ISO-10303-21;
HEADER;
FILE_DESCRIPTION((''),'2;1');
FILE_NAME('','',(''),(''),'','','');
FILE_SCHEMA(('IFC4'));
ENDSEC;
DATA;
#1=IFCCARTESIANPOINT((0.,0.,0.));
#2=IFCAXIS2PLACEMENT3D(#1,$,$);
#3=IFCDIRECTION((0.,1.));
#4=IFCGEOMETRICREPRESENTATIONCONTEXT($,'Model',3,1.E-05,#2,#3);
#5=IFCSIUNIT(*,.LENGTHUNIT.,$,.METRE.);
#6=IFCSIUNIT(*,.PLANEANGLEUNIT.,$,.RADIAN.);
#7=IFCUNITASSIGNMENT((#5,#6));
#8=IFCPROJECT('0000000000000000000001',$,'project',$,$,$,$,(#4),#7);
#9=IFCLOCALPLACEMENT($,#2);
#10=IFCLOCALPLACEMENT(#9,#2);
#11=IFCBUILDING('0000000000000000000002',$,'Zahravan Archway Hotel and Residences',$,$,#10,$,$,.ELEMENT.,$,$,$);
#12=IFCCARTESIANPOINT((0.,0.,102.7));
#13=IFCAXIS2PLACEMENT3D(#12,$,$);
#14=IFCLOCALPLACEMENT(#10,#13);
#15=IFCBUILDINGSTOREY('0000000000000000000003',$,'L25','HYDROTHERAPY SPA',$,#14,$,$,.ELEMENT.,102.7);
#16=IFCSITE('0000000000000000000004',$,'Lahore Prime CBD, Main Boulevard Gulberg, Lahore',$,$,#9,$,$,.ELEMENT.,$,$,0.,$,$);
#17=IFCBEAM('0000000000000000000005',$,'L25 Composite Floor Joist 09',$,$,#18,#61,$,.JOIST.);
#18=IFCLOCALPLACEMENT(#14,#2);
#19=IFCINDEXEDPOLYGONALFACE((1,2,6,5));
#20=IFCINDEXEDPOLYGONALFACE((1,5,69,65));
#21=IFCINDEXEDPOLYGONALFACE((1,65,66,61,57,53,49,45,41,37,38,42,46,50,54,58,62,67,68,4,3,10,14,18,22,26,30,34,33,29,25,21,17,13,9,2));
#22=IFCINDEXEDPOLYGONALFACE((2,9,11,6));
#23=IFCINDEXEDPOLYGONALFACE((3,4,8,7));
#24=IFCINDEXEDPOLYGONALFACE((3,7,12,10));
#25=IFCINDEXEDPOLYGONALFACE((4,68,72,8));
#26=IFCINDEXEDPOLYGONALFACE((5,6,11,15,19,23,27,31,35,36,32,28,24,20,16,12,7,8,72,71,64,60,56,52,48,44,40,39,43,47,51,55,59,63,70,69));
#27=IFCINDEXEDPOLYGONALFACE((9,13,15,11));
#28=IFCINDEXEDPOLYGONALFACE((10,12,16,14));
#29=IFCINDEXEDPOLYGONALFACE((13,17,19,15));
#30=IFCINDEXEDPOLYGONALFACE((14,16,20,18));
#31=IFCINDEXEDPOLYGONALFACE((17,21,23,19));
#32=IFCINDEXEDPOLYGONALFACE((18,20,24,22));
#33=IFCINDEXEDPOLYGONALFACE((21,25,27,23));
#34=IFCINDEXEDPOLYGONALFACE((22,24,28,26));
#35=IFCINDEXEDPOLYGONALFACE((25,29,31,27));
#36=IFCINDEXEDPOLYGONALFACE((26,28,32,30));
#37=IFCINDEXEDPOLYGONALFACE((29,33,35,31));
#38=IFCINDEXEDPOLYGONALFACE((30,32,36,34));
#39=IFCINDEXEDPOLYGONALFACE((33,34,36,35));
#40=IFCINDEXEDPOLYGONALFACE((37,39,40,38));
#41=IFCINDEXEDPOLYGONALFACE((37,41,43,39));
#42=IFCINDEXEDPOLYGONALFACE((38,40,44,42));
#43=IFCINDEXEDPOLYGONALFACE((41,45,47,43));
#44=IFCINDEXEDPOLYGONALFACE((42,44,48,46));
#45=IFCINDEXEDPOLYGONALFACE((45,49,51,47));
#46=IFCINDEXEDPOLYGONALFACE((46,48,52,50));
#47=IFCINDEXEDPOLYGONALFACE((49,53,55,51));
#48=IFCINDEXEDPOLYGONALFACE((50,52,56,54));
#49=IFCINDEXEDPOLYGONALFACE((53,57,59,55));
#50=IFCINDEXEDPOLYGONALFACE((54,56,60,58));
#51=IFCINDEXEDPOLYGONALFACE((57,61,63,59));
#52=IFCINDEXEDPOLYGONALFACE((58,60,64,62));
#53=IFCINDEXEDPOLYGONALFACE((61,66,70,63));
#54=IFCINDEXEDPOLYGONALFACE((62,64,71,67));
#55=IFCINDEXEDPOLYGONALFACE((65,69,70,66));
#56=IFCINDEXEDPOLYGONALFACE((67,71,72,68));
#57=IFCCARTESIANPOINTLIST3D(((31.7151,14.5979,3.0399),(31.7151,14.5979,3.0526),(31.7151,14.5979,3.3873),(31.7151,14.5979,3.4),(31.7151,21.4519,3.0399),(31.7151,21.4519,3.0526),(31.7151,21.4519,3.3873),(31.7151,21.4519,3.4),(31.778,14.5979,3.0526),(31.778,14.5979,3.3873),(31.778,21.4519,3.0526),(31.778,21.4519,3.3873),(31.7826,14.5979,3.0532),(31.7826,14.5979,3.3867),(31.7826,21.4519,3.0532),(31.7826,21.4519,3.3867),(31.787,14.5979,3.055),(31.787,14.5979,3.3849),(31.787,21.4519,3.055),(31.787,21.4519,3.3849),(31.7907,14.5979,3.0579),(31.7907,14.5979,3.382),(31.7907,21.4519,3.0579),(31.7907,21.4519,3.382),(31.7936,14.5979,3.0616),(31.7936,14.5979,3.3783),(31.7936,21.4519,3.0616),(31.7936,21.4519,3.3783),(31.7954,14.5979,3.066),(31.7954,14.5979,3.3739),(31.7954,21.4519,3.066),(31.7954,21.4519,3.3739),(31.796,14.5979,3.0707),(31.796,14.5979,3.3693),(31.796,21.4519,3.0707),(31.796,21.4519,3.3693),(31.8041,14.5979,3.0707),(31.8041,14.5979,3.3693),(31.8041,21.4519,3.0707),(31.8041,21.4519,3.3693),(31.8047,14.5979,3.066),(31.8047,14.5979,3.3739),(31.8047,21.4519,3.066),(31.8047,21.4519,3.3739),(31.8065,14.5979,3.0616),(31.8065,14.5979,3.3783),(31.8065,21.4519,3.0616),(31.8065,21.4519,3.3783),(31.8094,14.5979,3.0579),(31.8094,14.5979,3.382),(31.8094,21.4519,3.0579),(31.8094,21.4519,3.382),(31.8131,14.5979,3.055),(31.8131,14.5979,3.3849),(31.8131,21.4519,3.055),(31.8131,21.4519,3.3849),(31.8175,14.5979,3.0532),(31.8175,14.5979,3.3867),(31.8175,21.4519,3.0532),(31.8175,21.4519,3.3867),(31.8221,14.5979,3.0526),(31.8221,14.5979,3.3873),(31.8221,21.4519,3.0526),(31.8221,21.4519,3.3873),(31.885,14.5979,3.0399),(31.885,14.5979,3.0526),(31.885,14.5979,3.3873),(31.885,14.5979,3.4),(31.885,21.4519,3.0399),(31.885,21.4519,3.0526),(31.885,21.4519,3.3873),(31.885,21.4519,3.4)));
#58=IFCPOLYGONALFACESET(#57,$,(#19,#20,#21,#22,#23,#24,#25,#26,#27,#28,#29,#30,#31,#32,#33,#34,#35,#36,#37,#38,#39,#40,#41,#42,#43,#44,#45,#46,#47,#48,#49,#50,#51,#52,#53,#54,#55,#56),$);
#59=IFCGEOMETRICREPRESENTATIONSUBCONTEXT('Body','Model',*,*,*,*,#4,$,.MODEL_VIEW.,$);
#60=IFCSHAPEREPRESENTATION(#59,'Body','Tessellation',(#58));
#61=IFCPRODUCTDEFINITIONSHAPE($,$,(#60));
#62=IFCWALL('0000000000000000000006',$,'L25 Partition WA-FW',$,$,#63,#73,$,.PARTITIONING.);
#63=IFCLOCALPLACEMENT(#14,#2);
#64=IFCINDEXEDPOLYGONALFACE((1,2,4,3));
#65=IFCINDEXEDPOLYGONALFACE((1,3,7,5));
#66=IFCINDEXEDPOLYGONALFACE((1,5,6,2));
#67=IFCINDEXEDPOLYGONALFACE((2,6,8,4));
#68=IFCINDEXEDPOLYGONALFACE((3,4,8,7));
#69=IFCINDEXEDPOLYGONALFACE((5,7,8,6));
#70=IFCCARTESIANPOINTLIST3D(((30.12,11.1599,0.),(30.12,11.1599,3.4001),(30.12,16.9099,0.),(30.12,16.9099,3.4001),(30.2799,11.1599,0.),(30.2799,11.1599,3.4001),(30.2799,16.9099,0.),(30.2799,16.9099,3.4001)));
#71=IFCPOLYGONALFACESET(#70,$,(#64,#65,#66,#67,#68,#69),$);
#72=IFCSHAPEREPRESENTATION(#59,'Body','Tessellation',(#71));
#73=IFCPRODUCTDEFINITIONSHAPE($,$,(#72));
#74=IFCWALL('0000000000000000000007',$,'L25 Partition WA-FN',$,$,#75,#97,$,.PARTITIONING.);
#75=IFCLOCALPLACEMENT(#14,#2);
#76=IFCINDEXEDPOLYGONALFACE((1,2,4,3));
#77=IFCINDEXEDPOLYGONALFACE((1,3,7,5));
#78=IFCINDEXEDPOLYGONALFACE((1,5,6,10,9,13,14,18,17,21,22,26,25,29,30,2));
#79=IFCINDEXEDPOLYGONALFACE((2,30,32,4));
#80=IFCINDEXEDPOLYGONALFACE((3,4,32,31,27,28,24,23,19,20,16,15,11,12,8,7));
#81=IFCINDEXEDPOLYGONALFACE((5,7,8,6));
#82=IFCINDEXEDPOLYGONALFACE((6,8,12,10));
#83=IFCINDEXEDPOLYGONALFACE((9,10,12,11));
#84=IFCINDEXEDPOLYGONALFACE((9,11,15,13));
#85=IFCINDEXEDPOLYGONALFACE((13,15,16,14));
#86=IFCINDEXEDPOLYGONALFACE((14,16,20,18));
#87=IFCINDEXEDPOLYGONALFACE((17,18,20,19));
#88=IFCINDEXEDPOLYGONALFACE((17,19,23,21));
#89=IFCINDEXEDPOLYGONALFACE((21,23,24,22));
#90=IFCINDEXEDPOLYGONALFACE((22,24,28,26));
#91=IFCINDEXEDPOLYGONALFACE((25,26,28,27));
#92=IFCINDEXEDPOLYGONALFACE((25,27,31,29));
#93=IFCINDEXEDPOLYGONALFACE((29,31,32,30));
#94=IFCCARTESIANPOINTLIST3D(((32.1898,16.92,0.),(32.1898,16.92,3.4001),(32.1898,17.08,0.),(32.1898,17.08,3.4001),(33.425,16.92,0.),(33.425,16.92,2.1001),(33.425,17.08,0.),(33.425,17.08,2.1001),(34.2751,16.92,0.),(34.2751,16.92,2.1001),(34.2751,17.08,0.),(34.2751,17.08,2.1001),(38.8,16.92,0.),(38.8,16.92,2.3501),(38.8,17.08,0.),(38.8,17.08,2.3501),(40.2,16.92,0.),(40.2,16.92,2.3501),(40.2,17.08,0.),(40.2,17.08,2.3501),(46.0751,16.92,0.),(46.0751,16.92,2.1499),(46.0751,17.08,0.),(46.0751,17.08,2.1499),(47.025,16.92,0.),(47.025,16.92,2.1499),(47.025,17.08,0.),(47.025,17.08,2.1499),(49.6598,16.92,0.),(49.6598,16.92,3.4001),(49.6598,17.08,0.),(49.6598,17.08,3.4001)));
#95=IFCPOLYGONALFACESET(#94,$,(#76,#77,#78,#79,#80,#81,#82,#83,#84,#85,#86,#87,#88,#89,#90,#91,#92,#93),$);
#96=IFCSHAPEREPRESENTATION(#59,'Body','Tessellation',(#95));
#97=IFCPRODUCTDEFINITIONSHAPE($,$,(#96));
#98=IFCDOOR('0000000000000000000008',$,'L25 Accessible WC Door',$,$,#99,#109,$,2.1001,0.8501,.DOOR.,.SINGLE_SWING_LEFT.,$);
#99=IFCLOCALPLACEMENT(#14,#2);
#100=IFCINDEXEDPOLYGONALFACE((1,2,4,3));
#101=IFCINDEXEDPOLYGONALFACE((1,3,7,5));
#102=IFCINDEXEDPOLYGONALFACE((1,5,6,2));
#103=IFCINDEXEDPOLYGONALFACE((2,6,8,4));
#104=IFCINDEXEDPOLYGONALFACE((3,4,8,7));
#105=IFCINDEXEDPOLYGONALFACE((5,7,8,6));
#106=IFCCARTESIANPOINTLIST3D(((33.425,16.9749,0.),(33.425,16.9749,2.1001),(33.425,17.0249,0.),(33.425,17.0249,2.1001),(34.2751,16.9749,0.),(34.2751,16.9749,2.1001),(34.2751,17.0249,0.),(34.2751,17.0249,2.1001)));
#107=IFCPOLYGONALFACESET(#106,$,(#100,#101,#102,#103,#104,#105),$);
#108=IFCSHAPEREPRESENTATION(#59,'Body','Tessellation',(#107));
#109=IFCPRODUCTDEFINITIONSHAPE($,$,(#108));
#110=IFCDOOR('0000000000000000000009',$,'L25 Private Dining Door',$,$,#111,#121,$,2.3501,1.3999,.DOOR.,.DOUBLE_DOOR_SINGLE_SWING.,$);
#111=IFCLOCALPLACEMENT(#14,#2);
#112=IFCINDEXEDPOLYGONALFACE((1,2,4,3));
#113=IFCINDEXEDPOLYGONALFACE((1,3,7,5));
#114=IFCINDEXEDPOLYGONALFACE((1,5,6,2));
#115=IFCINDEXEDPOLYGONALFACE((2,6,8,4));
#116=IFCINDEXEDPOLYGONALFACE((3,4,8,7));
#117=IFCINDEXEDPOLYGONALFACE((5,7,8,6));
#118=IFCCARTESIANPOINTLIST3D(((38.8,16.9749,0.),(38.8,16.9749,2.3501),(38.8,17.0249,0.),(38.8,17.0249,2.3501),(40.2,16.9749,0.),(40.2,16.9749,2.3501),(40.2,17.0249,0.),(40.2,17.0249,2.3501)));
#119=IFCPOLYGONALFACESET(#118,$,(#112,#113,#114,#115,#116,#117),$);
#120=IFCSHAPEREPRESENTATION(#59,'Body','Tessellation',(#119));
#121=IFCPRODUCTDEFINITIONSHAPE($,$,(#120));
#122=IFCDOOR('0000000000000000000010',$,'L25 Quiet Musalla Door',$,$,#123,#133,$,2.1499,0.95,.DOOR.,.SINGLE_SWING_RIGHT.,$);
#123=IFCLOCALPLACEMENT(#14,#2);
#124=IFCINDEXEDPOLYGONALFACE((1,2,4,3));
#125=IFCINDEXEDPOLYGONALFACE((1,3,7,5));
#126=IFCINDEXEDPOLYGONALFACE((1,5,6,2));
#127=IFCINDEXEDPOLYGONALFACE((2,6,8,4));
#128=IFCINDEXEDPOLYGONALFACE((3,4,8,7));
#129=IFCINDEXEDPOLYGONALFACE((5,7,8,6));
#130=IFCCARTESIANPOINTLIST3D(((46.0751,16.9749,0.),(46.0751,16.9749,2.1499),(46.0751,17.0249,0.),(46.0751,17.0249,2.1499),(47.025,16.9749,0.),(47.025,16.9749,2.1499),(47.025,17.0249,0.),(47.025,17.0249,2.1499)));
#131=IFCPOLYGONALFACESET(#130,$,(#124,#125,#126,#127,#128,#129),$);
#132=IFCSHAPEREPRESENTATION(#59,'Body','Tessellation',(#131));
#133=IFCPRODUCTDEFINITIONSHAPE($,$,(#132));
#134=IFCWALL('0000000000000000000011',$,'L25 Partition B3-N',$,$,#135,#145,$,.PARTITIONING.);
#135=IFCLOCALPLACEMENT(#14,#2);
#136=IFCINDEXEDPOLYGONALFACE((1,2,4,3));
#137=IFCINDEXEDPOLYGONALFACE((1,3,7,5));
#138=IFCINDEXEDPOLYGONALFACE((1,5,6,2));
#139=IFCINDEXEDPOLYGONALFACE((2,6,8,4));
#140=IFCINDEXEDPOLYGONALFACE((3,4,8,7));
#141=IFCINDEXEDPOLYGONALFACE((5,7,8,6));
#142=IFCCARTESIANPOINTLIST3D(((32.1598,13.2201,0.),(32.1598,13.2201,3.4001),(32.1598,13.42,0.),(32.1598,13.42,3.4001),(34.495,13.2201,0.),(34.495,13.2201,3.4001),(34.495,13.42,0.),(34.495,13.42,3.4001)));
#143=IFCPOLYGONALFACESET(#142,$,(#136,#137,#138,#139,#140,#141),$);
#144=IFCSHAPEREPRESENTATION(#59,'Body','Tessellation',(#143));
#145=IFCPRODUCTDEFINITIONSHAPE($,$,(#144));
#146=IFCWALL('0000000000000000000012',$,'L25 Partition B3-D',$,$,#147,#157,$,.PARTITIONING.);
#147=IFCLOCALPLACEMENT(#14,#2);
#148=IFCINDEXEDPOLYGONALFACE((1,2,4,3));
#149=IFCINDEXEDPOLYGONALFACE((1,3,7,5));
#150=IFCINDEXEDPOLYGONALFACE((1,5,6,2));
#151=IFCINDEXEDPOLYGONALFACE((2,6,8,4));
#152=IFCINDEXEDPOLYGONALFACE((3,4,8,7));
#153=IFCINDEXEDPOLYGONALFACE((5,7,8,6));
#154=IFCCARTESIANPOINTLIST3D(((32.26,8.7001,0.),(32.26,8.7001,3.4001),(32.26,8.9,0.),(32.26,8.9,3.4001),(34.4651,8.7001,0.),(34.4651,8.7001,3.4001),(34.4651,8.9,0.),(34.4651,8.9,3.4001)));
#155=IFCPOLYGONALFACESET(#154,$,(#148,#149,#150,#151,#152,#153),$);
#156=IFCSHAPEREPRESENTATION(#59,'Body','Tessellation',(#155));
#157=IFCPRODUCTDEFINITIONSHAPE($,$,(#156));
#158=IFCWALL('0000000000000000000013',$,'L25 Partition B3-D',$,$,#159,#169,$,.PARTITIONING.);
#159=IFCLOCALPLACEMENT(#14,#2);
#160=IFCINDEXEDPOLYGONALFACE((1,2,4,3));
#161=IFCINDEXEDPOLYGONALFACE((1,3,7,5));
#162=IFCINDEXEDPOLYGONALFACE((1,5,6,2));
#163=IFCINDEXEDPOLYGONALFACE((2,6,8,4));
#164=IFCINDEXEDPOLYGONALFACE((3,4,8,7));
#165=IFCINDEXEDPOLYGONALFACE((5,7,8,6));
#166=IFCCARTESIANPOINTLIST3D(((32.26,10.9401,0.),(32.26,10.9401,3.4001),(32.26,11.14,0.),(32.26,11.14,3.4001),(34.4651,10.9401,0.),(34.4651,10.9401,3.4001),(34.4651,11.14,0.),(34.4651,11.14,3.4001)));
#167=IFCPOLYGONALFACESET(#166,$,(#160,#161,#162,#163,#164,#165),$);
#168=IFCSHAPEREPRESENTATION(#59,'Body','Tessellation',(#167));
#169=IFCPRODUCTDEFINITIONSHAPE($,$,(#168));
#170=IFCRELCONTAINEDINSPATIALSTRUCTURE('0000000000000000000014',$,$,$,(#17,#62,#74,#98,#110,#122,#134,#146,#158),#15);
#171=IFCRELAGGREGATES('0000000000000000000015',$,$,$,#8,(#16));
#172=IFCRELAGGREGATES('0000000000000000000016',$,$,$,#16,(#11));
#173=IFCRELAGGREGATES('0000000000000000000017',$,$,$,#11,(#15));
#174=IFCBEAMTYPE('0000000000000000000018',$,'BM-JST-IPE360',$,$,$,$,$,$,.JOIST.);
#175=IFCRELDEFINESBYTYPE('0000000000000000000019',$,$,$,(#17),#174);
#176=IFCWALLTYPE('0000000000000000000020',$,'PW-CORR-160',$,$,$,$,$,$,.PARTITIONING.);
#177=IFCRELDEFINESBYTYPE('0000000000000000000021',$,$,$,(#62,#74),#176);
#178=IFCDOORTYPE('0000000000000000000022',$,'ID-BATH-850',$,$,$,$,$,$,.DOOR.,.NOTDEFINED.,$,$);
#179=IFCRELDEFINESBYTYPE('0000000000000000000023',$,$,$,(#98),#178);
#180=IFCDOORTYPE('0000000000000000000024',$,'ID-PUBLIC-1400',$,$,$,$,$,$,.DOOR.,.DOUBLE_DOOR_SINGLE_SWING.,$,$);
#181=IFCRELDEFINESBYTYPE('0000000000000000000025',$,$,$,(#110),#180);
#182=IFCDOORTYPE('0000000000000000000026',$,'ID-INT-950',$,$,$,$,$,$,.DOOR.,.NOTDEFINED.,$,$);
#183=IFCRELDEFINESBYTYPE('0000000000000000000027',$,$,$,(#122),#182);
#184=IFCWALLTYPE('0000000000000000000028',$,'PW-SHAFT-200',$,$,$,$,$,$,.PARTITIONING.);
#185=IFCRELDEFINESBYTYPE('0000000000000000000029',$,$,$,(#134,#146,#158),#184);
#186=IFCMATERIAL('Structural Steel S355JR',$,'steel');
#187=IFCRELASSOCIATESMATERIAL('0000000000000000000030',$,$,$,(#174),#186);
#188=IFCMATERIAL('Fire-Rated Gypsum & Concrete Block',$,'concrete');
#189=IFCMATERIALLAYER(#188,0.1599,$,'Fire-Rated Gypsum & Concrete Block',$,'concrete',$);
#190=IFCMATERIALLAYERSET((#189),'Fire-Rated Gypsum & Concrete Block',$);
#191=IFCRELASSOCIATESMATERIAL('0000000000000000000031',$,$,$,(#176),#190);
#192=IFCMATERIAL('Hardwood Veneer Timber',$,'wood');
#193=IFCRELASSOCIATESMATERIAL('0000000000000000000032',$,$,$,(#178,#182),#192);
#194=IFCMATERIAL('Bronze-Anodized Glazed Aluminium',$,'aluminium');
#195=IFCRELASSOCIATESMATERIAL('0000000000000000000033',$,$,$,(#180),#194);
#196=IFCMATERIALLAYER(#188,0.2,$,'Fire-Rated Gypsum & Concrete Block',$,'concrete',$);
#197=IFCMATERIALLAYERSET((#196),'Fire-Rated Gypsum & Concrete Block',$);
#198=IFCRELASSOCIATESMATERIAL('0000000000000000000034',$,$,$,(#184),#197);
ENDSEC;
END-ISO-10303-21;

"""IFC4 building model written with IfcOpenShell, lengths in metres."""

from ifc_helpers import new_model, si_unit, direction, frame, frame_2d, origin, origin_2d, place, context, subcontext, project, spatial, rectangle, i_section, extrude, source, transform, mapped, material, layer, layer_set, material_profile, profile_set, type_object, type_shapes, element, fill, save


model = new_model("IFC4")

# Units and contexts
model_context = context("Model", 3, precision=1e-05, world=origin(), true_north=direction((0.0, 1.0)))
body_context = subcontext(model_context, "Body", "Model", "MODEL_VIEW")
ifc_project = project(units=[si_unit("LENGTHUNIT", "METRE"), si_unit("PLANEANGLEUNIT", "RADIAN")], contexts=[model_context])

# Site, building, storey
site_placement = place(None, origin())
site = spatial("IfcSite", under=ifc_project, at=site_placement, Name="Lahore Prime CBD, Main Boulevard Gulberg, Lahore", CompositionType="ELEMENT", RefElevation=0.0)
building_placement = place(site_placement, origin())
building = spatial("IfcBuilding", under=site, at=building_placement, Name="Zahravan Archway Hotel and Residences", CompositionType="ELEMENT")
storey_placement = place(building_placement, frame((0.0, 0.0, 102.7)))
storey = spatial("IfcBuildingStorey", under=building, at=storey_placement, Name="L25", Description="HYDROTHERAPY SPA", CompositionType="ELEMENT", Elevation=102.7)

# Beam
ifc_material_1 = material(Name="Structural Steel S355JR", Category="steel")
ifc_material_profile_1 = material_profile(ifc_material_1, i_section(OverallWidth=0.1699, OverallDepth=0.3601, WebThickness=0.0081, FlangeThickness=0.0127, FilletRadius=0.0181, at=origin_2d()), Name="IPE 360", Category="steel")
ifc_profile_set_1 = profile_set([ifc_material_profile_1], Name="Structural Steel S355JR")
beam_type_1 = type_object("IfcBeamType", Name="BM-JST-IPE360", PredefinedType="JOIST", material=ifc_profile_set_1)
shared_shape_1 = source(origin(), body_context, "Body", "SweptSolid", [
    extrude(i_section(OverallWidth=0.1699, OverallDepth=0.3601, WebThickness=0.0081, FlangeThickness=0.0127, FilletRadius=0.0181, at=origin_2d()), origin(), (0.0, 0.0, 1.0), 6.854),
])
for number, where, z_axis, x_axis, name in (
    (1, (31.8, 14.5979, 3.22), (0.0, 1.0, 0.0), (-1.0, 0.0, 0.0), "L25 Composite Floor Joist 09"),
):
    element("IfcBeam", number, at=place(storey_placement, frame(where, z_axis=z_axis, x_axis=x_axis)), inside=storey, type_object=beam_type_1, Name=name, PredefinedType="JOIST", context=body_context, shape_type="MappedRepresentation", body=[
        mapped(shared_shape_1, transform((0.0, 0.0, 0.0), scale=1.0)),
    ])

# Wall
ifc_material_2 = material(Name="Fire-Rated Gypsum & Concrete Block", Category="concrete")
ifc_layer_1 = layer(ifc_material_2, 0.1599, Name="Fire-Rated Gypsum & Concrete Block", Category="concrete")
ifc_layer_set_1 = layer_set([ifc_layer_1], Name="Fire-Rated Gypsum & Concrete Block")
wall_type_1 = type_object("IfcWallType", Name="PW-CORR-160", PredefinedType="PARTITIONING", material=ifc_layer_set_1)
wall_1_placement = place(storey_placement, frame((30.2, 11.1599, 0.0), z_axis=(0.0, 0.0, 1.0), x_axis=(0.0, 1.0, 0.0)))
element("IfcWall", 2, at=wall_1_placement, inside=storey, type_object=wall_type_1, Name="L25 Partition WA-FW", PredefinedType="PARTITIONING", context=body_context, shape_type="SweptSolid", body=[
    extrude(rectangle(XDim=5.75, YDim=0.1599, at=frame_2d((2.875, 0.0))), origin(), (0.0, 0.0, 1.0), 3.4001),
])

# Wall, openings, doors
wall_2_placement = place(storey_placement, frame((32.1899, 17.0, 0.0), z_axis=(0.0, 0.0, 1.0), x_axis=(1.0, 0.0, 0.0)))
wall_2 = element("IfcWall", 3, at=wall_2_placement, inside=storey, type_object=wall_type_1, Name="L25 Partition WA-FN", PredefinedType="PARTITIONING", context=body_context, shape_type="SweptSolid", body=[
    extrude(rectangle(XDim=17.47, YDim=0.1599, at=frame_2d((8.7349, 0.0))), origin(), (0.0, 0.0, 1.0), 3.4001),
])
opening_1_placement = place(wall_2_placement, frame((1.2351, 0.0, 0.0)))
opening_1 = element("IfcOpeningElement", 4, at=opening_1_placement, cuts=wall_2, PredefinedType="OPENING", context=body_context, shape_type="SweptSolid", body=[
    extrude(rectangle(XDim=0.8501, YDim=2.1001, at=frame_2d((0.425, 1.05))), frame((0.0, 0.0898, 0.0), z_axis=(0.0, -1.0, 0.0), x_axis=(1.0, 0.0, 0.0)), (0.0, 0.0, 1.0), 0.1799),
])
opening_2_placement = place(wall_2_placement, frame((6.6101, 0.0, 0.0)))
opening_2 = element("IfcOpeningElement", 5, at=opening_2_placement, cuts=wall_2, PredefinedType="OPENING", context=body_context, shape_type="SweptSolid", body=[
    extrude(rectangle(XDim=1.3999, YDim=2.3501, at=frame_2d((0.7, 1.175))), frame((0.0, 0.0898, 0.0), z_axis=(0.0, -1.0, 0.0), x_axis=(1.0, 0.0, 0.0)), (0.0, 0.0, 1.0), 0.1799),
])
opening_3_placement = place(wall_2_placement, frame((13.885, 0.0, 0.0)))
opening_3 = element("IfcOpeningElement", 6, at=opening_3_placement, cuts=wall_2, PredefinedType="OPENING", context=body_context, shape_type="SweptSolid", body=[
    extrude(rectangle(XDim=0.95, YDim=2.1499, at=frame_2d((0.4751, 1.075))), frame((0.0, 0.0898, 0.0), z_axis=(0.0, -1.0, 0.0), x_axis=(1.0, 0.0, 0.0)), (0.0, 0.0, 1.0), 0.1799),
])
ifc_material_3 = material(Name="Hardwood Veneer Timber", Category="wood")
door_type_1 = type_object("IfcDoorType", Name="ID-BATH-850", OperationType="NOTDEFINED", PredefinedType="DOOR", material=ifc_material_3)
shared_shape_2 = source(origin(), body_context, "Body", "SweptSolid", [
    extrude(rectangle(XDim=0.8501, YDim=2.1001, at=frame_2d((0.425, 1.05))), frame((0.0, 0.0249, 0.0), z_axis=(0.0, -1.0, 0.0), x_axis=(1.0, 0.0, 0.0)), (0.0, 0.0, 1.0), 0.05),
])
type_shapes(door_type_1, [shared_shape_2])
door_1_placement = place(opening_1_placement, origin())
door_1 = element("IfcDoor", 7, at=door_1_placement, inside=storey, type_object=door_type_1, Name="L25 Accessible WC Door", OperationType="SINGLE_SWING_LEFT", OverallHeight=2.1001, OverallWidth=0.8501, PredefinedType="DOOR", context=body_context, shape_type="MappedRepresentation", body=[
    mapped(shared_shape_2, transform((0.0, 0.0, 0.0), scale=1.0)),
])
fill(opening_1, door_1)
ifc_material_4 = material(Name="Bronze-Anodized Glazed Aluminium", Category="aluminium")
door_type_2 = type_object("IfcDoorType", Name="ID-PUBLIC-1400", OperationType="DOUBLE_DOOR_SINGLE_SWING", PredefinedType="DOOR", material=ifc_material_4)
shared_shape_3 = source(origin(), body_context, "Body", "SweptSolid", [
    extrude(rectangle(XDim=1.3999, YDim=2.3501, at=frame_2d((0.7, 1.175))), frame((0.0, 0.0249, 0.0), z_axis=(0.0, -1.0, 0.0), x_axis=(1.0, 0.0, 0.0)), (0.0, 0.0, 1.0), 0.05),
])
type_shapes(door_type_2, [shared_shape_3])
door_2_placement = place(opening_2_placement, origin())
door_2 = element("IfcDoor", 8, at=door_2_placement, inside=storey, type_object=door_type_2, Name="L25 Private Dining Door", OperationType="DOUBLE_DOOR_SINGLE_SWING", OverallHeight=2.3501, OverallWidth=1.3999, PredefinedType="DOOR", context=body_context, shape_type="MappedRepresentation", body=[
    mapped(shared_shape_3, transform((0.0, 0.0, 0.0), scale=1.0)),
])
fill(opening_2, door_2)
door_type_3 = type_object("IfcDoorType", Name="ID-INT-950", OperationType="NOTDEFINED", PredefinedType="DOOR", material=ifc_material_3)
shared_shape_4 = source(origin(), body_context, "Body", "SweptSolid", [
    extrude(rectangle(XDim=0.95, YDim=2.1499, at=frame_2d((0.4751, 1.075))), frame((0.0, 0.0249, 0.0), z_axis=(0.0, -1.0, 0.0), x_axis=(1.0, 0.0, 0.0)), (0.0, 0.0, 1.0), 0.05),
])
type_shapes(door_type_3, [shared_shape_4])
door_3_placement = place(opening_3_placement, origin())
door_3 = element("IfcDoor", 9, at=door_3_placement, inside=storey, type_object=door_type_3, Name="L25 Quiet Musalla Door", OperationType="SINGLE_SWING_RIGHT", OverallHeight=2.1499, OverallWidth=0.95, PredefinedType="DOOR", context=body_context, shape_type="MappedRepresentation", body=[
    mapped(shared_shape_4, transform((0.0, 0.0, 0.0), scale=1.0)),
])
fill(opening_3, door_3)

# Walls
ifc_layer_2 = layer(ifc_material_2, 0.2, Name="Fire-Rated Gypsum & Concrete Block", Category="concrete")
ifc_layer_set_2 = layer_set([ifc_layer_2], Name="Fire-Rated Gypsum & Concrete Block")
wall_type_2 = type_object("IfcWallType", Name="PW-SHAFT-200", PredefinedType="PARTITIONING", material=ifc_layer_set_2)
wall_3_placement = place(storey_placement, frame((32.1599, 13.3201, 0.0), z_axis=(0.0, 0.0, 1.0), x_axis=(1.0, 0.0, 0.0)))
element("IfcWall", 10, at=wall_3_placement, inside=storey, type_object=wall_type_2, Name="L25 Partition B3-N", PredefinedType="PARTITIONING", context=body_context, shape_type="SweptSolid", body=[
    extrude(rectangle(XDim=2.3352, YDim=0.2, at=frame_2d((1.1675, 0.0))), origin(), (0.0, 0.0, 1.0), 3.4001),
])
for number, where, z_axis, x_axis, name in (
    (11, (32.26, 8.8, 0.0), (0.0, 0.0, 1.0), (1.0, 0.0, 0.0), "L25 Partition B3-D"),
    (12, (32.26, 11.04, 0.0), (0.0, 0.0, 1.0), (1.0, 0.0, 0.0), "L25 Partition B3-D"),
):
    element("IfcWall", number, at=place(storey_placement, frame(where, z_axis=z_axis, x_axis=x_axis)), inside=storey, type_object=wall_type_2, Name=name, PredefinedType="PARTITIONING", context=body_context, shape_type="SweptSolid", body=[
        extrude(rectangle(XDim=2.2051, YDim=0.2, at=frame_2d((1.1025, 0.0))), origin(), (0.0, 0.0, 1.0), 3.4001),
    ])

save(model, "model.ifc")
